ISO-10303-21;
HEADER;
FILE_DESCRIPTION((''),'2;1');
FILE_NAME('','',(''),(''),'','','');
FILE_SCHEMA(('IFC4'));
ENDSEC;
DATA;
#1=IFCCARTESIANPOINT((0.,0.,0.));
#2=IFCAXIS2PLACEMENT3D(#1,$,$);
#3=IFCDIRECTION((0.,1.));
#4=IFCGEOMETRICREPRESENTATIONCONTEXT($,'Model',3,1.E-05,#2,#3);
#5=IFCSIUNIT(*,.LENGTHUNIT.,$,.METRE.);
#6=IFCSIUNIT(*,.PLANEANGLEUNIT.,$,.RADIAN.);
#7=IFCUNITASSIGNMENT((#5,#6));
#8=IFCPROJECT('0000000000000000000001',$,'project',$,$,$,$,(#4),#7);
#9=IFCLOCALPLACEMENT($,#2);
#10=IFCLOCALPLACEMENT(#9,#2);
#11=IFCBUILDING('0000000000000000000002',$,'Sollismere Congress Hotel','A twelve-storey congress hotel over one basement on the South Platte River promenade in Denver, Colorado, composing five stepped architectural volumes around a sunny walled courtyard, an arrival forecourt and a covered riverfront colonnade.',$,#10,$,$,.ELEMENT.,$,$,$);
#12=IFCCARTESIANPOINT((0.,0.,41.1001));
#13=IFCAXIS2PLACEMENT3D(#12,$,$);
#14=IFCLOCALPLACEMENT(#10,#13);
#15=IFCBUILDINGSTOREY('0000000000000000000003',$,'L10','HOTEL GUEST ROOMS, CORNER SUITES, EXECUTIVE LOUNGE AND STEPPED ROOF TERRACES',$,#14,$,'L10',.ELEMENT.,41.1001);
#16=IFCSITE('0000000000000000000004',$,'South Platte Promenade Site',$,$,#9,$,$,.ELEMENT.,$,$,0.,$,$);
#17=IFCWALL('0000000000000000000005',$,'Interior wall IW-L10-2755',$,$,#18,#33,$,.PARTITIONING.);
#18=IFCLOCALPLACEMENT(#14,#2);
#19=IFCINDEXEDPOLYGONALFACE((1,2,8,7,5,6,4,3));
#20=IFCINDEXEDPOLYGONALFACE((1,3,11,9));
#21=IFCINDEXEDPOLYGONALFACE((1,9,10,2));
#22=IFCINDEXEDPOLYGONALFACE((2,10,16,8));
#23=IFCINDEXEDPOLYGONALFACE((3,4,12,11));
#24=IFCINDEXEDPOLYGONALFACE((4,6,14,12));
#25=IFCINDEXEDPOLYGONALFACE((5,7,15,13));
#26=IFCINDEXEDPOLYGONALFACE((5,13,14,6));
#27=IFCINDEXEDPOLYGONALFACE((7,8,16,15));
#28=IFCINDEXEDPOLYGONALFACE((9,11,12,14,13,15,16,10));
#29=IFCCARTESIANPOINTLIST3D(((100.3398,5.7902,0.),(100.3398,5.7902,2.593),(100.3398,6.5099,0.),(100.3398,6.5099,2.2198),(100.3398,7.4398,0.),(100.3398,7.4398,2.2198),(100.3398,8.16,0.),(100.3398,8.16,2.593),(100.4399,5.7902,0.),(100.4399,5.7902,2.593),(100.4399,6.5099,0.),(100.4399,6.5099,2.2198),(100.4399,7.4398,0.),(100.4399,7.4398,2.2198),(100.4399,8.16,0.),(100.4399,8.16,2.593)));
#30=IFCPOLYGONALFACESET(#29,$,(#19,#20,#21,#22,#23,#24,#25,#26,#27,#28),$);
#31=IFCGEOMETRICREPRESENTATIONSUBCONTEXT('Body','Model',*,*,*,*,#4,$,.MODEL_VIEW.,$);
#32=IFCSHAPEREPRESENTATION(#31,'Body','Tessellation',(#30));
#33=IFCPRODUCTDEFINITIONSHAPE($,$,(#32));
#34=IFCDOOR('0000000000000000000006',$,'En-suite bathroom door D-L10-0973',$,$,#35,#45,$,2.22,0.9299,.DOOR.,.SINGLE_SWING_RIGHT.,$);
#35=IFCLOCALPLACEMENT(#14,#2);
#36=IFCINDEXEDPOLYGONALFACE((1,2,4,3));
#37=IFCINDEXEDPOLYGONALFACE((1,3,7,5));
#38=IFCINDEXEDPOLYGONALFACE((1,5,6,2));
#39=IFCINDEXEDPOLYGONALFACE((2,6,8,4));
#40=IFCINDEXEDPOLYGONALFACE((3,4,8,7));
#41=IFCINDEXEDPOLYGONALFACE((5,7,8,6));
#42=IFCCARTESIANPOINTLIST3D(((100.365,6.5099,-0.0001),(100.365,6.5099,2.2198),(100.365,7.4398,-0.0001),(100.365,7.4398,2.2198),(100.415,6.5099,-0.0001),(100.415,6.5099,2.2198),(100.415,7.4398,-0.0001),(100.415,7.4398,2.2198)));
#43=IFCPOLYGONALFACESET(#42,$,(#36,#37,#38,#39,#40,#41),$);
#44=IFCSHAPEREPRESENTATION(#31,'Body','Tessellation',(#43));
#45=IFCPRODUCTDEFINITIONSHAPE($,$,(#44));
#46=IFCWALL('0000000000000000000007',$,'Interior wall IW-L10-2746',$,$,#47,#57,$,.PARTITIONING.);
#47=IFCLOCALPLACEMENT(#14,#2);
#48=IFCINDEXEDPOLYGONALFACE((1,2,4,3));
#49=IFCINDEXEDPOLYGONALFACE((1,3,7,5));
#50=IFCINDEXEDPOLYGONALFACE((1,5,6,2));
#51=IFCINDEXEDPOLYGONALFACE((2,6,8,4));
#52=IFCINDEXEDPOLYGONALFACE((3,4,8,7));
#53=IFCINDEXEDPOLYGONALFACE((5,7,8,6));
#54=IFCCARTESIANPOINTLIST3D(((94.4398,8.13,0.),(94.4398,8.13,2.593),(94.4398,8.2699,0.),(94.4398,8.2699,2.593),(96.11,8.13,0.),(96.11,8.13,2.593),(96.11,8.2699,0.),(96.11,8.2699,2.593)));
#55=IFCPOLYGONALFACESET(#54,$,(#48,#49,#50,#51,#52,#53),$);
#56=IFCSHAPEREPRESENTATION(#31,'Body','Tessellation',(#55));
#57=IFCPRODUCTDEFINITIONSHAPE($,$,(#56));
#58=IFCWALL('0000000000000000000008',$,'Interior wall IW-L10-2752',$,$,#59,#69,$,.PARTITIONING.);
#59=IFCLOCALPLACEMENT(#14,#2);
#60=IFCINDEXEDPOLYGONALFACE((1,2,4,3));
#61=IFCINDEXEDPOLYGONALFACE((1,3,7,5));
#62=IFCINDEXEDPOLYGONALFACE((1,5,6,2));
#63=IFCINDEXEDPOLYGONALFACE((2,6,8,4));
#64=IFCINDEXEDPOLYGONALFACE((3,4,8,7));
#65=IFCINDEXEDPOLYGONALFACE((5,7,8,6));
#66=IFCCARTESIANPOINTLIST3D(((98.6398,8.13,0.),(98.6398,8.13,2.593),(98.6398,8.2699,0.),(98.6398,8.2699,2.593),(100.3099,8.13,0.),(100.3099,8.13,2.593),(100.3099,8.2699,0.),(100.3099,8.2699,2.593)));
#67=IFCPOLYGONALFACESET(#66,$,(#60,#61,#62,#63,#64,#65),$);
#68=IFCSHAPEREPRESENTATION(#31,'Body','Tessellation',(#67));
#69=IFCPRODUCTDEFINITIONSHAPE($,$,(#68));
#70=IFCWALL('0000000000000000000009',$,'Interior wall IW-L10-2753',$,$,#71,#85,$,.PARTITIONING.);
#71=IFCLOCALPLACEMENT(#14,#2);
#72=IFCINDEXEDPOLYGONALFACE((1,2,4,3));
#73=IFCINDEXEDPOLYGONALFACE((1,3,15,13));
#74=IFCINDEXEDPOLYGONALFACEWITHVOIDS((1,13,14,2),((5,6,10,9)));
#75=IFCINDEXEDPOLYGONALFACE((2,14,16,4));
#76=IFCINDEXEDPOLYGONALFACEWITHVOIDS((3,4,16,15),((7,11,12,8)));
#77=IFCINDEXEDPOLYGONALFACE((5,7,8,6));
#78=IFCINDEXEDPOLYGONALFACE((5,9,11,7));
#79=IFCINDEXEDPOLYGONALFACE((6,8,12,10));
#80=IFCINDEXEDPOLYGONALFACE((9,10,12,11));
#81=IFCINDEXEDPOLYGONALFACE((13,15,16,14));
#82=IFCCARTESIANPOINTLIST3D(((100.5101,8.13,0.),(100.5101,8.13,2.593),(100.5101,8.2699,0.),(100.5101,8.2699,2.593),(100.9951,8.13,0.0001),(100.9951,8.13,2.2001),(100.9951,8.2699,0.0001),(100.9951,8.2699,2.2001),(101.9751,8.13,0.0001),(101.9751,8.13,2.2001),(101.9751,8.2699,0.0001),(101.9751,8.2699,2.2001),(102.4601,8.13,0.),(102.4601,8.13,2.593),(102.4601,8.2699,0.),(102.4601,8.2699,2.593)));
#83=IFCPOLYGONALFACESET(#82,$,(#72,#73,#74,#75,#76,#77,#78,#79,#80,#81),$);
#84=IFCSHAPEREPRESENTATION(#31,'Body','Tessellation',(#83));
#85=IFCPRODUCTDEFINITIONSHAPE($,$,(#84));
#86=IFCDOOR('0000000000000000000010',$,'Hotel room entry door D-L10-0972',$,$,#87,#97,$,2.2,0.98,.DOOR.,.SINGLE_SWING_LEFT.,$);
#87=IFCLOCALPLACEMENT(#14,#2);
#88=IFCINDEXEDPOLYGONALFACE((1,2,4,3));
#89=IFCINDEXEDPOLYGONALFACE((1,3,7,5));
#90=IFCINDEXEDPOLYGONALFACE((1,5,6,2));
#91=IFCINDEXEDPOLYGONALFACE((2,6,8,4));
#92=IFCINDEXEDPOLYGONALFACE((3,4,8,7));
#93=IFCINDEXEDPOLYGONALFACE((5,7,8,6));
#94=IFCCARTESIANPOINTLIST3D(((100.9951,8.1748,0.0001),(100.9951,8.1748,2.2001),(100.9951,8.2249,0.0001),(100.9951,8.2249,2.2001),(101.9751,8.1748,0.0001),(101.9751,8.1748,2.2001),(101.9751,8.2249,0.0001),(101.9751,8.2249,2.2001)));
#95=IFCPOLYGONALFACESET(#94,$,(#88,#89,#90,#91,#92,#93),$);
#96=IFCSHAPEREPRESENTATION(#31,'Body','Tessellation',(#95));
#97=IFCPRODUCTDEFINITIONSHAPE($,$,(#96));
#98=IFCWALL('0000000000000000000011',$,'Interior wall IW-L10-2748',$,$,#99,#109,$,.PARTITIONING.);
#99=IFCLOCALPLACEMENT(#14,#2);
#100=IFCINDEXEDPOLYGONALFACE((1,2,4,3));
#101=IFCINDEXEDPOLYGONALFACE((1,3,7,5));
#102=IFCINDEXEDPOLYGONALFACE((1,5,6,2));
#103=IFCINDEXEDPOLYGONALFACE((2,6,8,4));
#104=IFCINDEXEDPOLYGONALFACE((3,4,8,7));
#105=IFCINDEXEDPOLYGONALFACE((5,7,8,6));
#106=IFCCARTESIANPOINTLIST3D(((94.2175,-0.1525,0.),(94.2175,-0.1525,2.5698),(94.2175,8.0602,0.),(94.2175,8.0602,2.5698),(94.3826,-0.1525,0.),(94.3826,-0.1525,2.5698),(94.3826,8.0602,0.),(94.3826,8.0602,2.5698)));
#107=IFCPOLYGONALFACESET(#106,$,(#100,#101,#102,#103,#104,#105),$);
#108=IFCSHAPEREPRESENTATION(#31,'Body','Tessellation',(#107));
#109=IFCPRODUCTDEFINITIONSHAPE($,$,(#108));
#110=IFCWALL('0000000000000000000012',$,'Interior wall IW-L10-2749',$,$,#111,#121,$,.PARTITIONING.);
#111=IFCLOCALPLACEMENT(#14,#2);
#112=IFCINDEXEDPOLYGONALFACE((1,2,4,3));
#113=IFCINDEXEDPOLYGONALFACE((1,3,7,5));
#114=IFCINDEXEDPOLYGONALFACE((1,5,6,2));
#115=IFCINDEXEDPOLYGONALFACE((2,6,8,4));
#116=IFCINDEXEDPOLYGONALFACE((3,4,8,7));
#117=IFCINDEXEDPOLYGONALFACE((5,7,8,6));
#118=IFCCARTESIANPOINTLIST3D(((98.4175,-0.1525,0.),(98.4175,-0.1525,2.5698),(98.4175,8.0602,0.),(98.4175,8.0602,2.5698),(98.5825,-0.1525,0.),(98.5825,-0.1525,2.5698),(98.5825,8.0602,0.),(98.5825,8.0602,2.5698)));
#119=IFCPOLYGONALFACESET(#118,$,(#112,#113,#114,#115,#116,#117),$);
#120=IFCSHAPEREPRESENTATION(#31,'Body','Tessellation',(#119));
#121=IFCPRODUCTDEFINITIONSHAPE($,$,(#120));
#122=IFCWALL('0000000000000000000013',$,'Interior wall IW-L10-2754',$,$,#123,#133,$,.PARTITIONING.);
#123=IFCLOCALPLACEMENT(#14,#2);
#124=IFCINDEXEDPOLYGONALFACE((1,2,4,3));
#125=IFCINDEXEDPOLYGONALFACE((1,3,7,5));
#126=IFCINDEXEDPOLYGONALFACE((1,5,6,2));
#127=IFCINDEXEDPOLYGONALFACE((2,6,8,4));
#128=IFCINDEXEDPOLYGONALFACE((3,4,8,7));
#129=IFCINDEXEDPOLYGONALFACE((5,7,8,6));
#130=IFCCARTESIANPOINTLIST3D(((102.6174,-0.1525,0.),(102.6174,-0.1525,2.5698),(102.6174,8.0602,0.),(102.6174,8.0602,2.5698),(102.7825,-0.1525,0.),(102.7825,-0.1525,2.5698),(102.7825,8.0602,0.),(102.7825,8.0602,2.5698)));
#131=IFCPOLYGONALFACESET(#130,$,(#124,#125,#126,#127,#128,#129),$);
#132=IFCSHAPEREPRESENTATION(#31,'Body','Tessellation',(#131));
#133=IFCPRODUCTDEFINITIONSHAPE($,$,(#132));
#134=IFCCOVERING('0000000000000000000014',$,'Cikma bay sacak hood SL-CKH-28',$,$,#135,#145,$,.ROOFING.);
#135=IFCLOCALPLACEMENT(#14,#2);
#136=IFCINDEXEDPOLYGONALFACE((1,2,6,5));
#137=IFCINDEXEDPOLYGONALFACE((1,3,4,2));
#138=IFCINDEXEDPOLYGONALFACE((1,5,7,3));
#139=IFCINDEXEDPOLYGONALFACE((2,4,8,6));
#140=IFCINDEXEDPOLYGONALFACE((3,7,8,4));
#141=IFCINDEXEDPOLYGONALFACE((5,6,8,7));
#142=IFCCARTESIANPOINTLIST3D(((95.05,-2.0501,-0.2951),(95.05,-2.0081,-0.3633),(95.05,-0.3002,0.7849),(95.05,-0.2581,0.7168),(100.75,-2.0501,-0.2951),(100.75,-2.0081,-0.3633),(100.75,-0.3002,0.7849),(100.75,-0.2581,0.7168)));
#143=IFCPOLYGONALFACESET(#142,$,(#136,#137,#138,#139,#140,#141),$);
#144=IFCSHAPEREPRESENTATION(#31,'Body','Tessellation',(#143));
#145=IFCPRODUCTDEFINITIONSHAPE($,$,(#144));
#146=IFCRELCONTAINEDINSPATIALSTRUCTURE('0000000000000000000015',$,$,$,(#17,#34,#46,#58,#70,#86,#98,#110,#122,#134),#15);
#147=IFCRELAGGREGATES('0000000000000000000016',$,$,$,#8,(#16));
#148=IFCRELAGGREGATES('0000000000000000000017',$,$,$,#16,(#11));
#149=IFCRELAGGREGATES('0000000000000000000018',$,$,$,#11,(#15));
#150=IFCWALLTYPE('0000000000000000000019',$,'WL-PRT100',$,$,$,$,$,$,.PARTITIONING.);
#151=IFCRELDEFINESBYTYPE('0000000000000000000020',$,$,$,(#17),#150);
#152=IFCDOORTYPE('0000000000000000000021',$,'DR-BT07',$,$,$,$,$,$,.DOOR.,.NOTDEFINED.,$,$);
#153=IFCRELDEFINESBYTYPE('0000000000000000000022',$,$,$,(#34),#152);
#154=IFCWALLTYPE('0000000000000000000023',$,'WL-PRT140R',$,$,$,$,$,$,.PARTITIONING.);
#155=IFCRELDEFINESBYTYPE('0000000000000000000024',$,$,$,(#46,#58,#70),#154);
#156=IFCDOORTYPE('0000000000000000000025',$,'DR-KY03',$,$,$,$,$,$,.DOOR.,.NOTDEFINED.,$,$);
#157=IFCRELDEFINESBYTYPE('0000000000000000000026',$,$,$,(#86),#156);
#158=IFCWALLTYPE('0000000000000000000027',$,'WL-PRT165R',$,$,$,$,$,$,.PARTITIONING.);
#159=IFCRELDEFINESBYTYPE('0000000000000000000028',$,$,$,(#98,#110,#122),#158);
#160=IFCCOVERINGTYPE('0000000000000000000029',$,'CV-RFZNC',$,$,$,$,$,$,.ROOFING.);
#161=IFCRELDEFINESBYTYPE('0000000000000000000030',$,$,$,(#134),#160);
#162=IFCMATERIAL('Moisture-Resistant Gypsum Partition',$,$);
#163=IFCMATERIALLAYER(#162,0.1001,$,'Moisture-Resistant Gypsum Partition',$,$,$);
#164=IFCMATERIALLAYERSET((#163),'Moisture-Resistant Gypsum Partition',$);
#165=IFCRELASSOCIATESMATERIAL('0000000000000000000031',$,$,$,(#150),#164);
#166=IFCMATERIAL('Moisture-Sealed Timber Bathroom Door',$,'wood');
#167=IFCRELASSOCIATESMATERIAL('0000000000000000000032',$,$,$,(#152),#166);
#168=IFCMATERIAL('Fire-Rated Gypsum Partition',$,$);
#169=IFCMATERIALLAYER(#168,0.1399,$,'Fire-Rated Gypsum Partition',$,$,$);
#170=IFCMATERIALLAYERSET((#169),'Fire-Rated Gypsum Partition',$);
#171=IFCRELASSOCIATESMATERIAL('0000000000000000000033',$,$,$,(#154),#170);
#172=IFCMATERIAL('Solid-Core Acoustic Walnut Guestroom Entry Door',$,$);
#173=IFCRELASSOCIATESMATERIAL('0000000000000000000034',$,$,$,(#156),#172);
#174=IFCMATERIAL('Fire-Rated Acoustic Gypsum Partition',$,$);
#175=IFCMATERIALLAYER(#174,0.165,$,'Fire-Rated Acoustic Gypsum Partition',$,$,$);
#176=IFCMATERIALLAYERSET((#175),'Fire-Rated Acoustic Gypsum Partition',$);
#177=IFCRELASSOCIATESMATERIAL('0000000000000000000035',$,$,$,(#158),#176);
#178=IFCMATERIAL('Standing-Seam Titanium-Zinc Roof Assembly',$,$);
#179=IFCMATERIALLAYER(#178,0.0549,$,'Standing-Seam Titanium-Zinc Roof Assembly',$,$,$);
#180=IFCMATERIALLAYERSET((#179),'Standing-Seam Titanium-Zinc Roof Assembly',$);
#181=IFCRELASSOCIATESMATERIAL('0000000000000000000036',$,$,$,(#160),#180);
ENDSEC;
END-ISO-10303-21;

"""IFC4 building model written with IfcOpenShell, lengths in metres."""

from ifc_helpers import new_model, si_unit, direction, frame, frame_2d, origin, place, context, subcontext, project, spatial, polyline, rectangle, outline, extrude, material, layer, layer_set, type_object, element, fill, save


model = new_model("IFC4")

# Units and contexts
model_context = context("Model", 3, precision=1e-05, world=origin(), true_north=direction((0.0, 1.0)))
body_context = subcontext(model_context, "Body", "Model", "MODEL_VIEW")
ifc_project = project(units=[si_unit("LENGTHUNIT", "METRE"), si_unit("PLANEANGLEUNIT", "RADIAN")], contexts=[model_context])

# Site, building, storey
site_placement = place(None, origin())
site = spatial("IfcSite", under=ifc_project, at=site_placement, Name="South Platte Promenade Site", CompositionType="ELEMENT", RefElevation=0.0)
building_placement = place(site_placement, origin())
building = spatial("IfcBuilding", under=site, at=building_placement, Name="Sollismere Congress Hotel", Description="A twelve-storey congress hotel over one basement on the South Platte River promenade in Denver, Colorado, composing five stepped architectural volumes around a sunny walled courtyard, an arrival forecourt and a covered riverfront colonnade.", CompositionType="ELEMENT")
storey_placement = place(building_placement, frame((0.0, 0.0, 41.1001)))
storey = spatial("IfcBuildingStorey", under=building, at=storey_placement, Name="L10", Description="HOTEL GUEST ROOMS, CORNER SUITES, EXECUTIVE LOUNGE AND STEPPED ROOF TERRACES", LongName="L10", CompositionType="ELEMENT", Elevation=41.1001)

# Wall, opening, door
ifc_material_1 = material(Name="Moisture-Resistant Gypsum Partition")
ifc_layer_1 = layer(ifc_material_1, 0.1001, Name="Moisture-Resistant Gypsum Partition")
ifc_layer_set_1 = layer_set([ifc_layer_1], Name="Moisture-Resistant Gypsum Partition")
wall_type_1 = type_object("IfcWallType", Name="WL-PRT100", PredefinedType="PARTITIONING", material=ifc_layer_set_1)
ifc_material_2 = material(Name="Moisture-Sealed Timber Bathroom Door", Category="wood")
wall_1_placement = place(storey_placement, frame((100.3899, 5.79, 0.0), z_axis=(0.0, 0.0, 1.0), x_axis=(0.0, 1.0, 0.0)))
wall_1 = element("IfcWall", 1, at=wall_1_placement, inside=storey, type_object=wall_type_1, Name="Interior wall IW-L10-2755", PredefinedType="PARTITIONING", context=body_context, shape_type="SweptSolid", body=[
    extrude(rectangle(XDim=2.3699, YDim=0.1001, at=frame_2d((1.1851, 0.0))), origin(), (0.0, 0.0, 1.0), 2.593),
])
opening_1_placement = place(wall_1_placement, frame((0.72, 0.0, 0.0)))
opening_1 = element("IfcOpeningElement", 2, at=opening_1_placement, cuts=wall_1, PredefinedType="OPENING", context=body_context, shape_type="SweptSolid", body=[
    extrude(rectangle(XDim=0.9299, YDim=2.22, at=frame_2d((0.4648, 1.1099))), frame((0.0, 0.0601, 0.0), z_axis=(0.0, -1.0, 0.0), x_axis=(1.0, 0.0, 0.0)), (0.0, 0.0, 1.0), 0.1201),
])
door_type_1 = type_object("IfcDoorType", Name="DR-BT07", OperationType="NOTDEFINED", PredefinedType="DOOR", material=ifc_material_2)
door_1_placement = place(opening_1_placement, origin())
door_1 = element("IfcDoor", 3, at=door_1_placement, inside=storey, type_object=door_type_1, Name="En-suite bathroom door D-L10-0973", OperationType="SINGLE_SWING_RIGHT", OverallHeight=2.22, OverallWidth=0.9299, PredefinedType="DOOR", context=body_context, shape_type="SweptSolid", body=[
    extrude(rectangle(XDim=0.9299, YDim=2.22, at=frame_2d((0.4648, 1.1099))), frame((0.0, 0.0249, 0.0), z_axis=(0.0, -1.0, 0.0), x_axis=(1.0, 0.0, 0.0)), (0.0, 0.0, 1.0), 0.05),
])
fill(opening_1, door_1)

# Wall
ifc_material_3 = material(Name="Fire-Rated Gypsum Partition")
ifc_layer_2 = layer(ifc_material_3, 0.1399, Name="Fire-Rated Gypsum Partition")
ifc_layer_set_2 = layer_set([ifc_layer_2], Name="Fire-Rated Gypsum Partition")
wall_type_2 = type_object("IfcWallType", Name="WL-PRT140R", PredefinedType="PARTITIONING", material=ifc_layer_set_2)
wall_2_placement = place(storey_placement, frame((94.4399, 8.2, 0.0), z_axis=(0.0, 0.0, 1.0), x_axis=(1.0, 0.0, 0.0)))
element("IfcWall", 4, at=wall_2_placement, inside=storey, type_object=wall_type_2, Name="Interior wall IW-L10-2746", PredefinedType="PARTITIONING", context=body_context, shape_type="SweptSolid", body=[
    extrude(rectangle(XDim=1.6702, YDim=0.1399, at=frame_2d((0.835, 0.0))), origin(), (0.0, 0.0, 1.0), 2.593),
])

# Shared definitions
ifc_material_4 = material(Name="Solid-Core Acoustic Walnut Guestroom Entry Door")

# Wall
wall_3_placement = place(storey_placement, frame((98.6399, 8.2, 0.0), z_axis=(0.0, 0.0, 1.0), x_axis=(1.0, 0.0, 0.0)))
element("IfcWall", 5, at=wall_3_placement, inside=storey, type_object=wall_type_2, Name="Interior wall IW-L10-2752", PredefinedType="PARTITIONING", context=body_context, shape_type="SweptSolid", body=[
    extrude(rectangle(XDim=1.6702, YDim=0.1399, at=frame_2d((0.835, 0.0))), origin(), (0.0, 0.0, 1.0), 2.593),
])

# Wall, opening, door
wall_4_placement = place(storey_placement, frame((100.51, 8.2, 0.0), z_axis=(0.0, 0.0, 1.0), x_axis=(1.0, 0.0, 0.0)))
wall_4 = element("IfcWall", 6, at=wall_4_placement, inside=storey, type_object=wall_type_2, Name="Interior wall IW-L10-2753", PredefinedType="PARTITIONING", context=body_context, shape_type="SweptSolid", body=[
    extrude(rectangle(XDim=1.95, YDim=0.1399, at=frame_2d((0.9751, 0.0))), origin(), (0.0, 0.0, 1.0), 2.593),
])
opening_2_placement = place(wall_4_placement, frame((0.4851, 0.0, 0.0)))
opening_2 = element("IfcOpeningElement", 7, at=opening_2_placement, cuts=wall_4, PredefinedType="OPENING", context=body_context, shape_type="SweptSolid", body=[
    extrude(rectangle(XDim=0.98, YDim=2.2, at=frame_2d((0.49, 1.1001))), frame((0.0, 0.0798, 0.0), z_axis=(0.0, -1.0, 0.0), x_axis=(1.0, 0.0, 0.0)), (0.0, 0.0, 1.0), 0.1599),
])
door_type_2 = type_object("IfcDoorType", Name="DR-KY03", OperationType="NOTDEFINED", PredefinedType="DOOR", material=ifc_material_4)
door_2_placement = place(opening_2_placement, origin())
door_2 = element("IfcDoor", 8, at=door_2_placement, inside=storey, type_object=door_type_2, Name="Hotel room entry door D-L10-0972", OperationType="SINGLE_SWING_LEFT", OverallHeight=2.2, OverallWidth=0.98, PredefinedType="DOOR", context=body_context, shape_type="SweptSolid", body=[
    extrude(rectangle(XDim=0.98, YDim=2.2, at=frame_2d((0.49, 1.1001))), frame((0.0, 0.0249, 0.0), z_axis=(0.0, -1.0, 0.0), x_axis=(1.0, 0.0, 0.0)), (0.0, 0.0, 1.0), 0.05),
])
fill(opening_2, door_2)

# Walls
ifc_material_5 = material(Name="Fire-Rated Acoustic Gypsum Partition")
ifc_layer_3 = layer(ifc_material_5, 0.165, Name="Fire-Rated Acoustic Gypsum Partition")
ifc_layer_set_3 = layer_set([ifc_layer_3], Name="Fire-Rated Acoustic Gypsum Partition")
wall_type_3 = type_object("IfcWallType", Name="WL-PRT165R", PredefinedType="PARTITIONING", material=ifc_layer_set_3)
for number, where, z_axis, x_axis, name in (
    (9, (94.3, -0.1526, 0.0), (0.0, 0.0, 1.0), (0.0, 1.0, 0.0), "Interior wall IW-L10-2748"),
    (10, (98.5, -0.1526, 0.0), (0.0, 0.0, 1.0), (0.0, 1.0, 0.0), "Interior wall IW-L10-2749"),
    (11, (102.7, -0.1526, 0.0), (0.0, 0.0, 1.0), (0.0, 1.0, 0.0), "Interior wall IW-L10-2754"),
):
    element("IfcWall", number, at=place(storey_placement, frame(where, z_axis=z_axis, x_axis=x_axis)), inside=storey, type_object=wall_type_3, Name=name, PredefinedType="PARTITIONING", context=body_context, shape_type="SweptSolid", body=[
        extrude(rectangle(XDim=8.2126, YDim=0.165, at=frame_2d((4.1064, 0.0))), origin(), (0.0, 0.0, 1.0), 2.5698),
    ])

# Covering
ifc_material_6 = material(Name="Standing-Seam Titanium-Zinc Roof Assembly")
ifc_layer_4 = layer(ifc_material_6, 0.0549, Name="Standing-Seam Titanium-Zinc Roof Assembly")
ifc_layer_set_4 = layer_set([ifc_layer_4], Name="Standing-Seam Titanium-Zinc Roof Assembly")
covering_type = type_object("IfcCoveringType", Name="CV-RFZNC", PredefinedType="ROOFING", material=ifc_layer_set_4)
covering_placement = place(storey_placement, frame((95.05, -2.0081, -0.3633), z_axis=(0.0, -0.52521, 0.850973), x_axis=(1.0, 0.0, 0.0)))
element("IfcCovering", 12, at=covering_placement, inside=storey, type_object=covering_type, Name="Cikma bay sacak hood SL-CKH-28", PredefinedType="ROOFING", context=body_context, shape_type="SweptSolid", body=[
    extrude(outline(polyline([(0.0, 0.0), (5.7, 0.0), (5.7, 2.0564), (0.0, 2.0564), (0.0, 0.0)])), origin(), (0.0, 0.0, 1.0), 0.0801),
])

save(model, "model.ifc")
